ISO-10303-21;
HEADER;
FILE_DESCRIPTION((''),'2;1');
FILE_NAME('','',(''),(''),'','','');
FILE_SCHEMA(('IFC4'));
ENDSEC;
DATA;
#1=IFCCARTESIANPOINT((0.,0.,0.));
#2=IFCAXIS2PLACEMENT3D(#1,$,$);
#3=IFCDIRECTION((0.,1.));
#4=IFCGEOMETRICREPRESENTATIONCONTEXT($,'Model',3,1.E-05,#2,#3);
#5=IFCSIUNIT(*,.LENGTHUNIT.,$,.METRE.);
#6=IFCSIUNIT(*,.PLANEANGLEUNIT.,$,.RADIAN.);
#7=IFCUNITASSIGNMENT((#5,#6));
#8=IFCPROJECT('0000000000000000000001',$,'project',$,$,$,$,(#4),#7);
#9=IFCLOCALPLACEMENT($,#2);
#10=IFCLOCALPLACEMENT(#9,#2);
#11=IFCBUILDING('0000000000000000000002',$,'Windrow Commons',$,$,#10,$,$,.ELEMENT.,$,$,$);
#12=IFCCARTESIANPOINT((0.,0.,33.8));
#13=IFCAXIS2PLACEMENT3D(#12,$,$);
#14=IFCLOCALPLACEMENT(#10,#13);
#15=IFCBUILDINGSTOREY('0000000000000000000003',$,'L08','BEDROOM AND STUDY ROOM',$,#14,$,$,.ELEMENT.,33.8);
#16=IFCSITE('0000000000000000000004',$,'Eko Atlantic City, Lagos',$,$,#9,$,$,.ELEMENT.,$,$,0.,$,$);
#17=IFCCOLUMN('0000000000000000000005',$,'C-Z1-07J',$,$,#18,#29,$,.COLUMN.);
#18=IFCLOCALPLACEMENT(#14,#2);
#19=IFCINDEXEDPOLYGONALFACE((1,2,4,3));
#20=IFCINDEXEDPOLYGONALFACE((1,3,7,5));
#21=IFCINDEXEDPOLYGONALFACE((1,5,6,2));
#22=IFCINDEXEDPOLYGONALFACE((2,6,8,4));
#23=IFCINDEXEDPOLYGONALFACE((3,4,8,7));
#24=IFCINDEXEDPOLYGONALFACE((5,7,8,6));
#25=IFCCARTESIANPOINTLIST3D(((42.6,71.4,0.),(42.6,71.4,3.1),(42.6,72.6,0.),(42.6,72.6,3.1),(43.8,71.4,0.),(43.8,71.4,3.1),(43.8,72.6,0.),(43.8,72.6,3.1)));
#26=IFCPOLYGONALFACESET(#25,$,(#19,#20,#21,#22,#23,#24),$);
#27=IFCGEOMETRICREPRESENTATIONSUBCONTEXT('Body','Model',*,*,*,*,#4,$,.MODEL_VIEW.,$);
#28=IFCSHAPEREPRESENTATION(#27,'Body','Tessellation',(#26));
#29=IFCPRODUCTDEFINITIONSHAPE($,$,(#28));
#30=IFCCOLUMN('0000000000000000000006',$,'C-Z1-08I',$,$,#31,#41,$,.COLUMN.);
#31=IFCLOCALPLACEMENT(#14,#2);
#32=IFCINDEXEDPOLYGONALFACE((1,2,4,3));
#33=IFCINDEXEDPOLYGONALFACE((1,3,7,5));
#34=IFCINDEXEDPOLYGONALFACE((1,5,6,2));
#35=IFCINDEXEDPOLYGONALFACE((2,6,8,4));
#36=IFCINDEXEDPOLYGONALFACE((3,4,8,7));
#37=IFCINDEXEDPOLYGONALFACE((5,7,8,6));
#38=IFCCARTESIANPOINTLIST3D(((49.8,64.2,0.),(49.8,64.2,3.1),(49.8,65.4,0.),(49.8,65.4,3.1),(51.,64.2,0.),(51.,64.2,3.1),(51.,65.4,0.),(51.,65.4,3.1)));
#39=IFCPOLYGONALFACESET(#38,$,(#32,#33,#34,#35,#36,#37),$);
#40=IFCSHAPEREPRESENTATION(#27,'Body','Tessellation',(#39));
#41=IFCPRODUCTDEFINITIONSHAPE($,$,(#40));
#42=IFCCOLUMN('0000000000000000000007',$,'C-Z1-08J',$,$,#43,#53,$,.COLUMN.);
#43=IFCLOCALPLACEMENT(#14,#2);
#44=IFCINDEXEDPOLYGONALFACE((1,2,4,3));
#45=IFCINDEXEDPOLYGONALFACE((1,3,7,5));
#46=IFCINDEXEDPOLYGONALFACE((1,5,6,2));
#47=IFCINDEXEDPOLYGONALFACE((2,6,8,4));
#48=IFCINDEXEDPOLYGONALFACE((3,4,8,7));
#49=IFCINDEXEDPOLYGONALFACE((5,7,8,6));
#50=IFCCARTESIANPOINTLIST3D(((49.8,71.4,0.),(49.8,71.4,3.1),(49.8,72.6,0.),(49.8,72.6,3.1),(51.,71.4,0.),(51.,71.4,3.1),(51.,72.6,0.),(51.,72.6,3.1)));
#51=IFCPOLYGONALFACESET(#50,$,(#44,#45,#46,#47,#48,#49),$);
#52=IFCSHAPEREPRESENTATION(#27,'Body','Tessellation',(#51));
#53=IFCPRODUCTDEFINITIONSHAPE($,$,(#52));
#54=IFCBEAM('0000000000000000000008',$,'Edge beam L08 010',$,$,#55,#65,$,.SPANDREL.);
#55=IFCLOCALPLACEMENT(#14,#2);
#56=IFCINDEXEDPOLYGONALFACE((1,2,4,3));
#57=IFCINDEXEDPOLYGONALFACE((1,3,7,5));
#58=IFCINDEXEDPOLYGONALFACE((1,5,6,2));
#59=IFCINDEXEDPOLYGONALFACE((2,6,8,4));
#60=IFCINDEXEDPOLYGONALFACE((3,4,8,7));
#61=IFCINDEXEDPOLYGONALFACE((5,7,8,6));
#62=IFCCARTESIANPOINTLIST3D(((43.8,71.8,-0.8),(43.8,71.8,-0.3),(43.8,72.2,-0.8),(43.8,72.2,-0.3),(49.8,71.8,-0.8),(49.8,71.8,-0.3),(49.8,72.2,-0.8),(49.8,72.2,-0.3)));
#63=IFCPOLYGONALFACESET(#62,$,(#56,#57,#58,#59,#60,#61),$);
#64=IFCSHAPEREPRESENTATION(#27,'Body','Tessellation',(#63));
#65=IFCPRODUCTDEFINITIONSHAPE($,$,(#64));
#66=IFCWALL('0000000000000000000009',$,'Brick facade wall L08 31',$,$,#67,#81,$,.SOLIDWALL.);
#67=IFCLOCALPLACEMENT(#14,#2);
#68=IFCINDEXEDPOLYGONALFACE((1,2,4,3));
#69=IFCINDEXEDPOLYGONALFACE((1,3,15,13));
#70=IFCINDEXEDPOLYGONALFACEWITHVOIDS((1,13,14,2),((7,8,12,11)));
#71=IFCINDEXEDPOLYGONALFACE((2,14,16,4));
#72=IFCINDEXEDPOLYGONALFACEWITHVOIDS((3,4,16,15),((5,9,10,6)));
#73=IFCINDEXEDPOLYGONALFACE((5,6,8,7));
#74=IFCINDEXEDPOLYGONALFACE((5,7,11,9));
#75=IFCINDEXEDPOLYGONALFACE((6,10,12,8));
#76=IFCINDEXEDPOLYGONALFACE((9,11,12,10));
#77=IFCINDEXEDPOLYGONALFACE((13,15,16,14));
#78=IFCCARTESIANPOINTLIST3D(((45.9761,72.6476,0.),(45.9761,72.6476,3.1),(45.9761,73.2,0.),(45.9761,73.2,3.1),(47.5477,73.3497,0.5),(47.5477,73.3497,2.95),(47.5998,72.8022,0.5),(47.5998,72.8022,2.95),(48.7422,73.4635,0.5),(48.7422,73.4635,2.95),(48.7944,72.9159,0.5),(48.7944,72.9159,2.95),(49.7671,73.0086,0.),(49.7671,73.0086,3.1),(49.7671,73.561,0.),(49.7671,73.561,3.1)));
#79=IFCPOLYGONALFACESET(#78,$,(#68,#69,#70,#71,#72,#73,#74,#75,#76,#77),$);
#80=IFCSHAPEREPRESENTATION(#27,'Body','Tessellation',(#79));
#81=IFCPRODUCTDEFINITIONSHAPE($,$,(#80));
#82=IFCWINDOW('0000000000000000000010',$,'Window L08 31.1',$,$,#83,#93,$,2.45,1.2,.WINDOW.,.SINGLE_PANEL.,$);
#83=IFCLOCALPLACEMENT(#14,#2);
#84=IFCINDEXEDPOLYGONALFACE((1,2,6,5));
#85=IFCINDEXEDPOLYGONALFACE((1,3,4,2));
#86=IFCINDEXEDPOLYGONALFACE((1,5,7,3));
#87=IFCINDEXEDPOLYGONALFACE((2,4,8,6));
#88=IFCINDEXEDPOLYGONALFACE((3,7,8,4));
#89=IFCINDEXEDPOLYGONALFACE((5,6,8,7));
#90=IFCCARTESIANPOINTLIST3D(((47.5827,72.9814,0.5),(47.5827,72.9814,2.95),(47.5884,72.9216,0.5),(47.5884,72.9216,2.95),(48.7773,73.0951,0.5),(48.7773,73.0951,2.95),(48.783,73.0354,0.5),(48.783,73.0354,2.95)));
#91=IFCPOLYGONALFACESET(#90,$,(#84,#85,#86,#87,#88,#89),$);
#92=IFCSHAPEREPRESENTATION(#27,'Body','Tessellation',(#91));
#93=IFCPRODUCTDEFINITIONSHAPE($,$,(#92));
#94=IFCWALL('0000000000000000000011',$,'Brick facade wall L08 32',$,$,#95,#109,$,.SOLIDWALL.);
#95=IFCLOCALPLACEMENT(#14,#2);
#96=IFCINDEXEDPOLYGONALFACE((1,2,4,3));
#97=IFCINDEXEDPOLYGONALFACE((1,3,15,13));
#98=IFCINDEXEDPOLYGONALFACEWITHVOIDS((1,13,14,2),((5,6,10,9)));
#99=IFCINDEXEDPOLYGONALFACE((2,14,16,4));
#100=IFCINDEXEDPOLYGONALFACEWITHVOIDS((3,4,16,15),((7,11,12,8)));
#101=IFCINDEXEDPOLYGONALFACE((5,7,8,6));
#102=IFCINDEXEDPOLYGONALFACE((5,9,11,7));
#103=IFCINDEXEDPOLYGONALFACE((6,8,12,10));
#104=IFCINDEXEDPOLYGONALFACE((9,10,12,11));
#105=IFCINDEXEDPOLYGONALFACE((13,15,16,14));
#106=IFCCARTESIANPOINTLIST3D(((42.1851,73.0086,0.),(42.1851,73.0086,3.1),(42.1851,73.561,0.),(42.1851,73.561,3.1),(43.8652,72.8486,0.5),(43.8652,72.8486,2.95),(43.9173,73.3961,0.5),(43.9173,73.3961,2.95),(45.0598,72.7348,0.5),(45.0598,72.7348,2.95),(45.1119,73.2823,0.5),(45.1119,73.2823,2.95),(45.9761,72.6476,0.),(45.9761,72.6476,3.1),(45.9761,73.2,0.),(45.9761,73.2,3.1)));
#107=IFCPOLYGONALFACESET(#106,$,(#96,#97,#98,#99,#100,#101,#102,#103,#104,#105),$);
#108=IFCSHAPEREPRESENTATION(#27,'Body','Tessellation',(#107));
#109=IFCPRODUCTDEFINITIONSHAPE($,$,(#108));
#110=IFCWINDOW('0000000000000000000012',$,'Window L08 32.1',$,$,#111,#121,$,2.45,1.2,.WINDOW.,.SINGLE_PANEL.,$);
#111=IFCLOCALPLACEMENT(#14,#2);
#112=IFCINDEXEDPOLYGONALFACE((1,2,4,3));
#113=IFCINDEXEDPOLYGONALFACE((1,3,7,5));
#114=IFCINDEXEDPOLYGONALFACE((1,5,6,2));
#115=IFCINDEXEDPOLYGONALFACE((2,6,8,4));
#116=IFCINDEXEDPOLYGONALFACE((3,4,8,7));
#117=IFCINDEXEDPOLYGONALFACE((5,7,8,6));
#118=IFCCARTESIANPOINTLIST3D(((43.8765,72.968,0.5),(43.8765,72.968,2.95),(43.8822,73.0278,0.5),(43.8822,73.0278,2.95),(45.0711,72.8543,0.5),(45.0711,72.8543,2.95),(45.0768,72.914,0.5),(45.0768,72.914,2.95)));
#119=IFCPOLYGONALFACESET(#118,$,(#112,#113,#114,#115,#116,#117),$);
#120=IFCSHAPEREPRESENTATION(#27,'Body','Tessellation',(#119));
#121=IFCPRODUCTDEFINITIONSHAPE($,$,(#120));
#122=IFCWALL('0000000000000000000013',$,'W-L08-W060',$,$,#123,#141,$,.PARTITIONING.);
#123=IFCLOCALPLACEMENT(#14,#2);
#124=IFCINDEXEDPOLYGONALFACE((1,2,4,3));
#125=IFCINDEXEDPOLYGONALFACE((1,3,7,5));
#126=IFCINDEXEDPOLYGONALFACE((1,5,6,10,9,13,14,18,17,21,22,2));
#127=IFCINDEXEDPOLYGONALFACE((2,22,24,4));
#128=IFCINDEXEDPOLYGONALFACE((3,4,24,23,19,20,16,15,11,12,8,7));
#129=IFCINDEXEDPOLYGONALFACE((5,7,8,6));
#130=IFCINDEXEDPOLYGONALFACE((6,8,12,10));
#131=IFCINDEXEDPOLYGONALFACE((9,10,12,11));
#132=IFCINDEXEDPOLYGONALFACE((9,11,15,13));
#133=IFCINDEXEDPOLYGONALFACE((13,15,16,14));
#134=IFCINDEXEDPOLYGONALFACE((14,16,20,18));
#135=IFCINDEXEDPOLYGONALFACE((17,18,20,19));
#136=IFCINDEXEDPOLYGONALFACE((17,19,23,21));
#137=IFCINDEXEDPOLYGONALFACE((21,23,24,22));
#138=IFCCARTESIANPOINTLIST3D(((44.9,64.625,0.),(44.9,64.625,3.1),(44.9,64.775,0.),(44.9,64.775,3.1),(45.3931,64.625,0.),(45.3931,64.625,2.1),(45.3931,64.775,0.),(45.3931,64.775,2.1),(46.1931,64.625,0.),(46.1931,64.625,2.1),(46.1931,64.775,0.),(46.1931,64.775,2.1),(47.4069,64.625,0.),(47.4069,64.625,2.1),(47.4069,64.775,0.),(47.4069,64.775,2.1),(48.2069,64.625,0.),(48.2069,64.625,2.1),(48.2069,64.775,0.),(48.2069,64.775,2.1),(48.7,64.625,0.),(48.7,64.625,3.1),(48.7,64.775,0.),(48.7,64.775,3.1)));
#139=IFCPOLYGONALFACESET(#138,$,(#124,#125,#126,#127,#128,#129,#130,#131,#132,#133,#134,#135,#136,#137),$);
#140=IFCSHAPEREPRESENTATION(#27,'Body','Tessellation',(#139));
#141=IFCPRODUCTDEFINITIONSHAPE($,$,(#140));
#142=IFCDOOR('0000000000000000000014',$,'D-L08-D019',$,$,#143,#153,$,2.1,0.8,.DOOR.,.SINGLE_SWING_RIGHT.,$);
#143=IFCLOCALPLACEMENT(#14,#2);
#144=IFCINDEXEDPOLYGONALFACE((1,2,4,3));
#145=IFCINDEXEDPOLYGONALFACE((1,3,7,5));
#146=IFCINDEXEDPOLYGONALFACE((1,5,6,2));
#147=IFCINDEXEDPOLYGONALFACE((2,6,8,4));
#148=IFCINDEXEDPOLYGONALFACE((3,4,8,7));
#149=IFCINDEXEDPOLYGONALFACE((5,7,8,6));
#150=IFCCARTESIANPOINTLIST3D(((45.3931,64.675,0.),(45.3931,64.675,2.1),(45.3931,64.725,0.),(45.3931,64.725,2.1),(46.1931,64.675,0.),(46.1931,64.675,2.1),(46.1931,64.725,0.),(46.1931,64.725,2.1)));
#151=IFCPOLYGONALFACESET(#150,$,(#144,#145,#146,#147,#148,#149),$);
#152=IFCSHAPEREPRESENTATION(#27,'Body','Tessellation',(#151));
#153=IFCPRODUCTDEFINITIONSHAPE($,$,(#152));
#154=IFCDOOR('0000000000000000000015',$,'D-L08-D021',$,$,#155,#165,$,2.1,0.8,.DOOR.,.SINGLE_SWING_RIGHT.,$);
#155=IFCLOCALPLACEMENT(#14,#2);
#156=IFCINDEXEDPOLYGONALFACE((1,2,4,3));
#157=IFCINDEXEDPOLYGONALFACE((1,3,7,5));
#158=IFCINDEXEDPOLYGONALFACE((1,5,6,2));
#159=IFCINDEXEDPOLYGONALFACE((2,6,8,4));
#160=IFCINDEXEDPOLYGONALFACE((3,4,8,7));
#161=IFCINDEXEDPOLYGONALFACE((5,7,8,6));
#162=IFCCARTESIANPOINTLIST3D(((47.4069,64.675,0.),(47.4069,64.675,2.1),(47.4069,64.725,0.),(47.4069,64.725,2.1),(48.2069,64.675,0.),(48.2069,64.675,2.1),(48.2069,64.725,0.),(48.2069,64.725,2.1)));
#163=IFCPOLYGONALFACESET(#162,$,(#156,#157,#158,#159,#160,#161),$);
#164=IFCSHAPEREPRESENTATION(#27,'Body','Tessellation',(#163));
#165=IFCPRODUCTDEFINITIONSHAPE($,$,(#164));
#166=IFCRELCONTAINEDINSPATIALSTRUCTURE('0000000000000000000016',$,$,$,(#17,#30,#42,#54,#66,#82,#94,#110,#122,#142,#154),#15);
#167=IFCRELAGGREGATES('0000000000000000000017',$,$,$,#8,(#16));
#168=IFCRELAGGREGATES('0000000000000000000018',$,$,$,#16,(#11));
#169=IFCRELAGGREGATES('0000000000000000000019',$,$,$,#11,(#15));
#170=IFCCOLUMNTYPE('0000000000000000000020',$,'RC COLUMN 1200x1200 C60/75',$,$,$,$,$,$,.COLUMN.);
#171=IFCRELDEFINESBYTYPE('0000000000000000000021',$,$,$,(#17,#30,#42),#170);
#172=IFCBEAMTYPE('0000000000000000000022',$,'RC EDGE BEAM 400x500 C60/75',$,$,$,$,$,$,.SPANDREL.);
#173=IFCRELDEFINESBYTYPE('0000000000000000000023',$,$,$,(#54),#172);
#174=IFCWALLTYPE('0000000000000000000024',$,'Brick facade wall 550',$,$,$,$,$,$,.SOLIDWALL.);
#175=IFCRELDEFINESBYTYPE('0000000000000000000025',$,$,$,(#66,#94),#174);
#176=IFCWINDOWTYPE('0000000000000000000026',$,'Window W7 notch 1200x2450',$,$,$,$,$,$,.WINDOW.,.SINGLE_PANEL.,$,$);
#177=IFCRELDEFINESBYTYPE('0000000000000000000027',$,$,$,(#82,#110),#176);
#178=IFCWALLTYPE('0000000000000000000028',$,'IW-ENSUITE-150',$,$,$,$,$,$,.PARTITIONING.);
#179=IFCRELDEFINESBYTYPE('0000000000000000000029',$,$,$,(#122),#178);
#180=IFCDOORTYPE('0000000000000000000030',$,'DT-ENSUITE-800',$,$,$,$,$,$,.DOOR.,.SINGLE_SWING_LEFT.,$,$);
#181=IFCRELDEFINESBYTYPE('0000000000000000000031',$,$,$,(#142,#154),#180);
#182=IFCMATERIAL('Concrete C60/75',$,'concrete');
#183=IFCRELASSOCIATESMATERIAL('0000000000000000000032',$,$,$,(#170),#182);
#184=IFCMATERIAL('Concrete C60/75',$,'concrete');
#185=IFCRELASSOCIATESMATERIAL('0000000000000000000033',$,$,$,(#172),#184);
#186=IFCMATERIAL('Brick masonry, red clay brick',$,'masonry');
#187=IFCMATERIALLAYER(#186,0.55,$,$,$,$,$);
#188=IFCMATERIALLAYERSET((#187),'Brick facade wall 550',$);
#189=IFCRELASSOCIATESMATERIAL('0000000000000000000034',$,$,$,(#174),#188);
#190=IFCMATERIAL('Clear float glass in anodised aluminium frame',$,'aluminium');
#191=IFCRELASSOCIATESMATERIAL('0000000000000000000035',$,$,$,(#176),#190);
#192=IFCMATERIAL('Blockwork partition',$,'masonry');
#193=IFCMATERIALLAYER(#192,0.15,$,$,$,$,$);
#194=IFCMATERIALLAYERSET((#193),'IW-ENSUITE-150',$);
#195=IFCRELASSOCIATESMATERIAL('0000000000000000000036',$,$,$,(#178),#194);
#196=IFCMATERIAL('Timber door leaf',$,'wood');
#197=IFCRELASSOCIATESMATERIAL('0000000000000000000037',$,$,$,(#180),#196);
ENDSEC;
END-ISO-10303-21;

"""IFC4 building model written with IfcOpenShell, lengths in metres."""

from ifc_helpers import new_model, si_unit, direction, frame, frame_2d, origin, origin_2d, place, context, subcontext, project, spatial, polyline, rectangle, outline, extrude, material, layer, layer_set, material_profile, profile_set, type_object, element, fill, save


model = new_model("IFC4")

# Units and contexts
model_context = context("Model", 3, precision=1e-05, world=origin(), true_north=direction((0.0, 1.0)))
body_context = subcontext(model_context, "Body", "Model", "MODEL_VIEW")
ifc_project = project(units=[si_unit("LENGTHUNIT", "METRE"), si_unit("PLANEANGLEUNIT", "RADIAN")], contexts=[model_context])

# Site, building, storey
site_placement = place(None, origin())
site = spatial("IfcSite", under=ifc_project, at=site_placement, Name="Eko Atlantic City, Lagos", CompositionType="ELEMENT", RefElevation=0.0)
building_placement = place(site_placement, origin())
building = spatial("IfcBuilding", under=site, at=building_placement, Name="Windrow Commons", CompositionType="ELEMENT")
storey_placement = place(building_placement, frame((0.0, 0.0, 33.8)))
storey = spatial("IfcBuildingStorey", under=building, at=storey_placement, Name="L08", Description="BEDROOM AND STUDY ROOM", CompositionType="ELEMENT", Elevation=33.8)

# Columns
ifc_material_1 = material(Name="Concrete C60/75", Category="concrete")
ifc_material_profile_1 = material_profile(ifc_material_1, rectangle(XDim=1.2, YDim=1.2, at=origin_2d()))
ifc_profile_set_1 = profile_set([ifc_material_profile_1], Name="Concrete C60/75")
column_type = type_object("IfcColumnType", Name="RC COLUMN 1200x1200 C60/75", PredefinedType="COLUMN", material=ifc_profile_set_1)
for number, where, z_axis, x_axis, name in (
    (1, (43.2, 72.0, 0.0), (0.0, 0.0, 1.0), (1.0, 0.0, 0.0), "C-Z1-07J"),
    (2, (50.4, 64.8, 0.0), (0.0, 0.0, 1.0), (1.0, 0.0, 0.0), "C-Z1-08I"),
    (3, (50.4, 72.0, 0.0), (0.0, 0.0, 1.0), (1.0, 0.0, 0.0), "C-Z1-08J"),
):
    element("IfcColumn", number, at=place(storey_placement, frame(where, z_axis=z_axis, x_axis=x_axis)), inside=storey, type_object=column_type, Name=name, PredefinedType="COLUMN", context=body_context, shape_type="SweptSolid", body=[
        extrude(rectangle(XDim=1.2, YDim=1.2, at=origin_2d()), origin(), (0.0, 0.0, 1.0), 3.1),
    ])

# Beam
ifc_material_2 = material(Name="Concrete C60/75", Category="concrete")
ifc_material_profile_2 = material_profile(ifc_material_2, rectangle(XDim=0.4, YDim=0.5, at=origin_2d()))
ifc_profile_set_2 = profile_set([ifc_material_profile_2], Name="Concrete C60/75")
beam_type = type_object("IfcBeamType", Name="RC EDGE BEAM 400x500 C60/75", PredefinedType="SPANDREL", material=ifc_profile_set_2)
beam_placement = place(storey_placement, frame((43.8, 72.0, -0.55), z_axis=(1.0, 0.0, 0.0), x_axis=(0.0, 1.0, 0.0)))
element("IfcBeam", 4, at=beam_placement, inside=storey, type_object=beam_type, Name="Edge beam L08 010", PredefinedType="SPANDREL", context=body_context, shape_type="SweptSolid", body=[
    extrude(rectangle(XDim=0.4, YDim=0.5, at=origin_2d()), origin(), (0.0, 0.0, 1.0), 6.0),
])

# Walls, openings, windows
ifc_material_3 = material(Name="Brick masonry, red clay brick", Category="masonry")
ifc_layer_1 = layer(ifc_material_3, 0.55)
ifc_layer_set_1 = layer_set([ifc_layer_1], Name="Brick facade wall 550")
wall_type_1 = type_object("IfcWallType", Name="Brick facade wall 550", PredefinedType="SOLIDWALL", material=ifc_layer_set_1)
wall_1_placement = place(storey_placement, frame((49.7671, 73.2848, 0.0), z_axis=(0.0, 0.0, 1.0), x_axis=(-0.995497, -0.094797, 0.0)))
wall_1 = element("IfcWall", 5, at=wall_1_placement, inside=storey, type_object=wall_type_1, Name="Brick facade wall L08 31", PredefinedType="SOLIDWALL", context=body_context, shape_type="SweptSolid", body=[
    extrude(outline(polyline([(-0.0262, -0.275), (3.782, -0.275), (3.8343, 0.275), (0.0262, 0.275), (-0.0262, -0.275)])), origin(), (0.0, 0.0, 1.0), 3.1),
])
opening_1_placement = place(wall_1_placement, frame((1.0033, 0.0, 0.5)))
opening_1 = element("IfcOpeningElement", 6, at=opening_1_placement, cuts=wall_1, PredefinedType="OPENING", context=body_context, shape_type="SweptSolid", body=[
    extrude(rectangle(XDim=1.2, YDim=2.45, at=frame_2d((0.6, 1.225))), frame((0.0, 0.285, 0.0), z_axis=(0.0, -1.0, 0.0), x_axis=(1.0, 0.0, 0.0)), (0.0, 0.0, 1.0), 0.57),
])
ifc_material_4 = material(Name="Clear float glass in anodised aluminium frame", Category="aluminium")
window_type = type_object("IfcWindowType", Name="Window W7 notch 1200x2450", PartitioningType="SINGLE_PANEL", PredefinedType="WINDOW", material=ifc_material_4)
window_1_placement = place(opening_1_placement, origin())
window_1 = element("IfcWindow", 7, at=window_1_placement, inside=storey, type_object=window_type, Name="Window L08 31.1", OverallHeight=2.45, OverallWidth=1.2, PartitioningType="SINGLE_PANEL", PredefinedType="WINDOW", context=body_context, shape_type="SweptSolid", body=[
    extrude(rectangle(XDim=1.2, YDim=2.45, at=frame_2d((0.6, 1.225))), frame((0.0, 0.155, 0.0), z_axis=(0.0, -1.0, 0.0), x_axis=(1.0, 0.0, 0.0)), (0.0, 0.0, 1.0), 0.06),
])
fill(opening_1, window_1)
wall_2_placement = place(storey_placement, frame((45.9761, 72.9238, 0.0), z_axis=(0.0, 0.0, 1.0), x_axis=(-0.995497, 0.094797, 0.0)))
wall_2 = element("IfcWall", 8, at=wall_2_placement, inside=storey, type_object=wall_type_1, Name="Brick facade wall L08 32", PredefinedType="SOLIDWALL", context=body_context, shape_type="SweptSolid", body=[
    extrude(outline(polyline([(0.0262, -0.275), (3.8343, -0.275), (3.782, 0.275), (-0.0262, 0.275), (0.0262, -0.275)])), origin(), (0.0, 0.0, 1.0), 3.1),
])
opening_2_placement = place(wall_2_placement, frame((0.8943, 0.0, 0.5)))
opening_2 = element("IfcOpeningElement", 9, at=opening_2_placement, cuts=wall_2, PredefinedType="OPENING", context=body_context, shape_type="SweptSolid", body=[
    extrude(rectangle(XDim=1.2, YDim=2.45, at=frame_2d((0.6, 1.225))), frame((0.0, 0.285, 0.0), z_axis=(0.0, -1.0, 0.0), x_axis=(1.0, 0.0, 0.0)), (0.0, 0.0, 1.0), 0.57),
])
window_2_placement = place(opening_2_placement, origin())
window_2 = element("IfcWindow", 10, at=window_2_placement, inside=storey, type_object=window_type, Name="Window L08 32.1", OverallHeight=2.45, OverallWidth=1.2, PartitioningType="SINGLE_PANEL", PredefinedType="WINDOW", context=body_context, shape_type="SweptSolid", body=[
    extrude(rectangle(XDim=1.2, YDim=2.45, at=frame_2d((0.6, 1.225))), frame((0.0, 0.155, 0.0), z_axis=(0.0, -1.0, 0.0), x_axis=(1.0, 0.0, 0.0)), (0.0, 0.0, 1.0), 0.06),
])
fill(opening_2, window_2)

# Wall, openings, doors
ifc_material_5 = material(Name="Blockwork partition", Category="masonry")
ifc_layer_2 = layer(ifc_material_5, 0.15)
ifc_layer_set_2 = layer_set([ifc_layer_2], Name="IW-ENSUITE-150")
wall_type_2 = type_object("IfcWallType", Name="IW-ENSUITE-150", PredefinedType="PARTITIONING", material=ifc_layer_set_2)
wall_3_placement = place(storey_placement, frame((44.9, 64.7, 0.0), z_axis=(0.0, 0.0, 1.0), x_axis=(1.0, 0.0, 0.0)))
wall_3 = element("IfcWall", 11, at=wall_3_placement, inside=storey, type_object=wall_type_2, Name="W-L08-W060", PredefinedType="PARTITIONING", context=body_context, shape_type="SweptSolid", body=[
    extrude(rectangle(XDim=3.8, YDim=0.15, at=frame_2d((1.9, 0.0))), origin(), (0.0, 0.0, 1.0), 3.1),
])
opening_3_placement = place(wall_3_placement, frame((0.4931, 0.0, 0.0)))
opening_3 = element("IfcOpeningElement", 12, at=opening_3_placement, cuts=wall_3, PredefinedType="OPENING", context=body_context, shape_type="SweptSolid", body=[
    extrude(rectangle(XDim=0.8, YDim=2.1, at=frame_2d((0.4, 1.05))), frame((0.0, 0.085, 0.0), z_axis=(0.0, -1.0, 0.0), x_axis=(1.0, 0.0, 0.0)), (0.0, 0.0, 1.0), 0.17),
])
opening_4_placement = place(wall_3_placement, frame((2.5069, 0.0, 0.0)))
opening_4 = element("IfcOpeningElement", 13, at=opening_4_placement, cuts=wall_3, PredefinedType="OPENING", context=body_context, shape_type="SweptSolid", body=[
    extrude(rectangle(XDim=0.8, YDim=2.1, at=frame_2d((0.4, 1.05))), frame((0.0, 0.085, 0.0), z_axis=(0.0, -1.0, 0.0), x_axis=(1.0, 0.0, 0.0)), (0.0, 0.0, 1.0), 0.17),
])
ifc_material_6 = material(Name="Timber door leaf", Category="wood")
door_type = type_object("IfcDoorType", Name="DT-ENSUITE-800", OperationType="SINGLE_SWING_LEFT", PredefinedType="DOOR", material=ifc_material_6)
door_1_placement = place(opening_3_placement, origin())
door_1 = element("IfcDoor", 14, at=door_1_placement, inside=storey, type_object=door_type, Name="D-L08-D019", OperationType="SINGLE_SWING_RIGHT", OverallHeight=2.1, OverallWidth=0.8, PredefinedType="DOOR", context=body_context, shape_type="SweptSolid", body=[
    extrude(rectangle(XDim=0.8, YDim=2.1, at=frame_2d((0.4, 1.05))), frame((0.0, 0.025, 0.0), z_axis=(0.0, -1.0, 0.0), x_axis=(1.0, 0.0, 0.0)), (0.0, 0.0, 1.0), 0.05),
])
fill(opening_3, door_1)
door_2_placement = place(opening_4_placement, origin())
door_2 = element("IfcDoor", 15, at=door_2_placement, inside=storey, type_object=door_type, Name="D-L08-D021", OperationType="SINGLE_SWING_RIGHT", OverallHeight=2.1, OverallWidth=0.8, PredefinedType="DOOR", context=body_context, shape_type="SweptSolid", body=[
    extrude(rectangle(XDim=0.8, YDim=2.1, at=frame_2d((0.4, 1.05))), frame((0.0, 0.025, 0.0), z_axis=(0.0, -1.0, 0.0), x_axis=(1.0, 0.0, 0.0)), (0.0, 0.0, 1.0), 0.05),
])
fill(opening_4, door_2)

save(model, "model.ifc")
